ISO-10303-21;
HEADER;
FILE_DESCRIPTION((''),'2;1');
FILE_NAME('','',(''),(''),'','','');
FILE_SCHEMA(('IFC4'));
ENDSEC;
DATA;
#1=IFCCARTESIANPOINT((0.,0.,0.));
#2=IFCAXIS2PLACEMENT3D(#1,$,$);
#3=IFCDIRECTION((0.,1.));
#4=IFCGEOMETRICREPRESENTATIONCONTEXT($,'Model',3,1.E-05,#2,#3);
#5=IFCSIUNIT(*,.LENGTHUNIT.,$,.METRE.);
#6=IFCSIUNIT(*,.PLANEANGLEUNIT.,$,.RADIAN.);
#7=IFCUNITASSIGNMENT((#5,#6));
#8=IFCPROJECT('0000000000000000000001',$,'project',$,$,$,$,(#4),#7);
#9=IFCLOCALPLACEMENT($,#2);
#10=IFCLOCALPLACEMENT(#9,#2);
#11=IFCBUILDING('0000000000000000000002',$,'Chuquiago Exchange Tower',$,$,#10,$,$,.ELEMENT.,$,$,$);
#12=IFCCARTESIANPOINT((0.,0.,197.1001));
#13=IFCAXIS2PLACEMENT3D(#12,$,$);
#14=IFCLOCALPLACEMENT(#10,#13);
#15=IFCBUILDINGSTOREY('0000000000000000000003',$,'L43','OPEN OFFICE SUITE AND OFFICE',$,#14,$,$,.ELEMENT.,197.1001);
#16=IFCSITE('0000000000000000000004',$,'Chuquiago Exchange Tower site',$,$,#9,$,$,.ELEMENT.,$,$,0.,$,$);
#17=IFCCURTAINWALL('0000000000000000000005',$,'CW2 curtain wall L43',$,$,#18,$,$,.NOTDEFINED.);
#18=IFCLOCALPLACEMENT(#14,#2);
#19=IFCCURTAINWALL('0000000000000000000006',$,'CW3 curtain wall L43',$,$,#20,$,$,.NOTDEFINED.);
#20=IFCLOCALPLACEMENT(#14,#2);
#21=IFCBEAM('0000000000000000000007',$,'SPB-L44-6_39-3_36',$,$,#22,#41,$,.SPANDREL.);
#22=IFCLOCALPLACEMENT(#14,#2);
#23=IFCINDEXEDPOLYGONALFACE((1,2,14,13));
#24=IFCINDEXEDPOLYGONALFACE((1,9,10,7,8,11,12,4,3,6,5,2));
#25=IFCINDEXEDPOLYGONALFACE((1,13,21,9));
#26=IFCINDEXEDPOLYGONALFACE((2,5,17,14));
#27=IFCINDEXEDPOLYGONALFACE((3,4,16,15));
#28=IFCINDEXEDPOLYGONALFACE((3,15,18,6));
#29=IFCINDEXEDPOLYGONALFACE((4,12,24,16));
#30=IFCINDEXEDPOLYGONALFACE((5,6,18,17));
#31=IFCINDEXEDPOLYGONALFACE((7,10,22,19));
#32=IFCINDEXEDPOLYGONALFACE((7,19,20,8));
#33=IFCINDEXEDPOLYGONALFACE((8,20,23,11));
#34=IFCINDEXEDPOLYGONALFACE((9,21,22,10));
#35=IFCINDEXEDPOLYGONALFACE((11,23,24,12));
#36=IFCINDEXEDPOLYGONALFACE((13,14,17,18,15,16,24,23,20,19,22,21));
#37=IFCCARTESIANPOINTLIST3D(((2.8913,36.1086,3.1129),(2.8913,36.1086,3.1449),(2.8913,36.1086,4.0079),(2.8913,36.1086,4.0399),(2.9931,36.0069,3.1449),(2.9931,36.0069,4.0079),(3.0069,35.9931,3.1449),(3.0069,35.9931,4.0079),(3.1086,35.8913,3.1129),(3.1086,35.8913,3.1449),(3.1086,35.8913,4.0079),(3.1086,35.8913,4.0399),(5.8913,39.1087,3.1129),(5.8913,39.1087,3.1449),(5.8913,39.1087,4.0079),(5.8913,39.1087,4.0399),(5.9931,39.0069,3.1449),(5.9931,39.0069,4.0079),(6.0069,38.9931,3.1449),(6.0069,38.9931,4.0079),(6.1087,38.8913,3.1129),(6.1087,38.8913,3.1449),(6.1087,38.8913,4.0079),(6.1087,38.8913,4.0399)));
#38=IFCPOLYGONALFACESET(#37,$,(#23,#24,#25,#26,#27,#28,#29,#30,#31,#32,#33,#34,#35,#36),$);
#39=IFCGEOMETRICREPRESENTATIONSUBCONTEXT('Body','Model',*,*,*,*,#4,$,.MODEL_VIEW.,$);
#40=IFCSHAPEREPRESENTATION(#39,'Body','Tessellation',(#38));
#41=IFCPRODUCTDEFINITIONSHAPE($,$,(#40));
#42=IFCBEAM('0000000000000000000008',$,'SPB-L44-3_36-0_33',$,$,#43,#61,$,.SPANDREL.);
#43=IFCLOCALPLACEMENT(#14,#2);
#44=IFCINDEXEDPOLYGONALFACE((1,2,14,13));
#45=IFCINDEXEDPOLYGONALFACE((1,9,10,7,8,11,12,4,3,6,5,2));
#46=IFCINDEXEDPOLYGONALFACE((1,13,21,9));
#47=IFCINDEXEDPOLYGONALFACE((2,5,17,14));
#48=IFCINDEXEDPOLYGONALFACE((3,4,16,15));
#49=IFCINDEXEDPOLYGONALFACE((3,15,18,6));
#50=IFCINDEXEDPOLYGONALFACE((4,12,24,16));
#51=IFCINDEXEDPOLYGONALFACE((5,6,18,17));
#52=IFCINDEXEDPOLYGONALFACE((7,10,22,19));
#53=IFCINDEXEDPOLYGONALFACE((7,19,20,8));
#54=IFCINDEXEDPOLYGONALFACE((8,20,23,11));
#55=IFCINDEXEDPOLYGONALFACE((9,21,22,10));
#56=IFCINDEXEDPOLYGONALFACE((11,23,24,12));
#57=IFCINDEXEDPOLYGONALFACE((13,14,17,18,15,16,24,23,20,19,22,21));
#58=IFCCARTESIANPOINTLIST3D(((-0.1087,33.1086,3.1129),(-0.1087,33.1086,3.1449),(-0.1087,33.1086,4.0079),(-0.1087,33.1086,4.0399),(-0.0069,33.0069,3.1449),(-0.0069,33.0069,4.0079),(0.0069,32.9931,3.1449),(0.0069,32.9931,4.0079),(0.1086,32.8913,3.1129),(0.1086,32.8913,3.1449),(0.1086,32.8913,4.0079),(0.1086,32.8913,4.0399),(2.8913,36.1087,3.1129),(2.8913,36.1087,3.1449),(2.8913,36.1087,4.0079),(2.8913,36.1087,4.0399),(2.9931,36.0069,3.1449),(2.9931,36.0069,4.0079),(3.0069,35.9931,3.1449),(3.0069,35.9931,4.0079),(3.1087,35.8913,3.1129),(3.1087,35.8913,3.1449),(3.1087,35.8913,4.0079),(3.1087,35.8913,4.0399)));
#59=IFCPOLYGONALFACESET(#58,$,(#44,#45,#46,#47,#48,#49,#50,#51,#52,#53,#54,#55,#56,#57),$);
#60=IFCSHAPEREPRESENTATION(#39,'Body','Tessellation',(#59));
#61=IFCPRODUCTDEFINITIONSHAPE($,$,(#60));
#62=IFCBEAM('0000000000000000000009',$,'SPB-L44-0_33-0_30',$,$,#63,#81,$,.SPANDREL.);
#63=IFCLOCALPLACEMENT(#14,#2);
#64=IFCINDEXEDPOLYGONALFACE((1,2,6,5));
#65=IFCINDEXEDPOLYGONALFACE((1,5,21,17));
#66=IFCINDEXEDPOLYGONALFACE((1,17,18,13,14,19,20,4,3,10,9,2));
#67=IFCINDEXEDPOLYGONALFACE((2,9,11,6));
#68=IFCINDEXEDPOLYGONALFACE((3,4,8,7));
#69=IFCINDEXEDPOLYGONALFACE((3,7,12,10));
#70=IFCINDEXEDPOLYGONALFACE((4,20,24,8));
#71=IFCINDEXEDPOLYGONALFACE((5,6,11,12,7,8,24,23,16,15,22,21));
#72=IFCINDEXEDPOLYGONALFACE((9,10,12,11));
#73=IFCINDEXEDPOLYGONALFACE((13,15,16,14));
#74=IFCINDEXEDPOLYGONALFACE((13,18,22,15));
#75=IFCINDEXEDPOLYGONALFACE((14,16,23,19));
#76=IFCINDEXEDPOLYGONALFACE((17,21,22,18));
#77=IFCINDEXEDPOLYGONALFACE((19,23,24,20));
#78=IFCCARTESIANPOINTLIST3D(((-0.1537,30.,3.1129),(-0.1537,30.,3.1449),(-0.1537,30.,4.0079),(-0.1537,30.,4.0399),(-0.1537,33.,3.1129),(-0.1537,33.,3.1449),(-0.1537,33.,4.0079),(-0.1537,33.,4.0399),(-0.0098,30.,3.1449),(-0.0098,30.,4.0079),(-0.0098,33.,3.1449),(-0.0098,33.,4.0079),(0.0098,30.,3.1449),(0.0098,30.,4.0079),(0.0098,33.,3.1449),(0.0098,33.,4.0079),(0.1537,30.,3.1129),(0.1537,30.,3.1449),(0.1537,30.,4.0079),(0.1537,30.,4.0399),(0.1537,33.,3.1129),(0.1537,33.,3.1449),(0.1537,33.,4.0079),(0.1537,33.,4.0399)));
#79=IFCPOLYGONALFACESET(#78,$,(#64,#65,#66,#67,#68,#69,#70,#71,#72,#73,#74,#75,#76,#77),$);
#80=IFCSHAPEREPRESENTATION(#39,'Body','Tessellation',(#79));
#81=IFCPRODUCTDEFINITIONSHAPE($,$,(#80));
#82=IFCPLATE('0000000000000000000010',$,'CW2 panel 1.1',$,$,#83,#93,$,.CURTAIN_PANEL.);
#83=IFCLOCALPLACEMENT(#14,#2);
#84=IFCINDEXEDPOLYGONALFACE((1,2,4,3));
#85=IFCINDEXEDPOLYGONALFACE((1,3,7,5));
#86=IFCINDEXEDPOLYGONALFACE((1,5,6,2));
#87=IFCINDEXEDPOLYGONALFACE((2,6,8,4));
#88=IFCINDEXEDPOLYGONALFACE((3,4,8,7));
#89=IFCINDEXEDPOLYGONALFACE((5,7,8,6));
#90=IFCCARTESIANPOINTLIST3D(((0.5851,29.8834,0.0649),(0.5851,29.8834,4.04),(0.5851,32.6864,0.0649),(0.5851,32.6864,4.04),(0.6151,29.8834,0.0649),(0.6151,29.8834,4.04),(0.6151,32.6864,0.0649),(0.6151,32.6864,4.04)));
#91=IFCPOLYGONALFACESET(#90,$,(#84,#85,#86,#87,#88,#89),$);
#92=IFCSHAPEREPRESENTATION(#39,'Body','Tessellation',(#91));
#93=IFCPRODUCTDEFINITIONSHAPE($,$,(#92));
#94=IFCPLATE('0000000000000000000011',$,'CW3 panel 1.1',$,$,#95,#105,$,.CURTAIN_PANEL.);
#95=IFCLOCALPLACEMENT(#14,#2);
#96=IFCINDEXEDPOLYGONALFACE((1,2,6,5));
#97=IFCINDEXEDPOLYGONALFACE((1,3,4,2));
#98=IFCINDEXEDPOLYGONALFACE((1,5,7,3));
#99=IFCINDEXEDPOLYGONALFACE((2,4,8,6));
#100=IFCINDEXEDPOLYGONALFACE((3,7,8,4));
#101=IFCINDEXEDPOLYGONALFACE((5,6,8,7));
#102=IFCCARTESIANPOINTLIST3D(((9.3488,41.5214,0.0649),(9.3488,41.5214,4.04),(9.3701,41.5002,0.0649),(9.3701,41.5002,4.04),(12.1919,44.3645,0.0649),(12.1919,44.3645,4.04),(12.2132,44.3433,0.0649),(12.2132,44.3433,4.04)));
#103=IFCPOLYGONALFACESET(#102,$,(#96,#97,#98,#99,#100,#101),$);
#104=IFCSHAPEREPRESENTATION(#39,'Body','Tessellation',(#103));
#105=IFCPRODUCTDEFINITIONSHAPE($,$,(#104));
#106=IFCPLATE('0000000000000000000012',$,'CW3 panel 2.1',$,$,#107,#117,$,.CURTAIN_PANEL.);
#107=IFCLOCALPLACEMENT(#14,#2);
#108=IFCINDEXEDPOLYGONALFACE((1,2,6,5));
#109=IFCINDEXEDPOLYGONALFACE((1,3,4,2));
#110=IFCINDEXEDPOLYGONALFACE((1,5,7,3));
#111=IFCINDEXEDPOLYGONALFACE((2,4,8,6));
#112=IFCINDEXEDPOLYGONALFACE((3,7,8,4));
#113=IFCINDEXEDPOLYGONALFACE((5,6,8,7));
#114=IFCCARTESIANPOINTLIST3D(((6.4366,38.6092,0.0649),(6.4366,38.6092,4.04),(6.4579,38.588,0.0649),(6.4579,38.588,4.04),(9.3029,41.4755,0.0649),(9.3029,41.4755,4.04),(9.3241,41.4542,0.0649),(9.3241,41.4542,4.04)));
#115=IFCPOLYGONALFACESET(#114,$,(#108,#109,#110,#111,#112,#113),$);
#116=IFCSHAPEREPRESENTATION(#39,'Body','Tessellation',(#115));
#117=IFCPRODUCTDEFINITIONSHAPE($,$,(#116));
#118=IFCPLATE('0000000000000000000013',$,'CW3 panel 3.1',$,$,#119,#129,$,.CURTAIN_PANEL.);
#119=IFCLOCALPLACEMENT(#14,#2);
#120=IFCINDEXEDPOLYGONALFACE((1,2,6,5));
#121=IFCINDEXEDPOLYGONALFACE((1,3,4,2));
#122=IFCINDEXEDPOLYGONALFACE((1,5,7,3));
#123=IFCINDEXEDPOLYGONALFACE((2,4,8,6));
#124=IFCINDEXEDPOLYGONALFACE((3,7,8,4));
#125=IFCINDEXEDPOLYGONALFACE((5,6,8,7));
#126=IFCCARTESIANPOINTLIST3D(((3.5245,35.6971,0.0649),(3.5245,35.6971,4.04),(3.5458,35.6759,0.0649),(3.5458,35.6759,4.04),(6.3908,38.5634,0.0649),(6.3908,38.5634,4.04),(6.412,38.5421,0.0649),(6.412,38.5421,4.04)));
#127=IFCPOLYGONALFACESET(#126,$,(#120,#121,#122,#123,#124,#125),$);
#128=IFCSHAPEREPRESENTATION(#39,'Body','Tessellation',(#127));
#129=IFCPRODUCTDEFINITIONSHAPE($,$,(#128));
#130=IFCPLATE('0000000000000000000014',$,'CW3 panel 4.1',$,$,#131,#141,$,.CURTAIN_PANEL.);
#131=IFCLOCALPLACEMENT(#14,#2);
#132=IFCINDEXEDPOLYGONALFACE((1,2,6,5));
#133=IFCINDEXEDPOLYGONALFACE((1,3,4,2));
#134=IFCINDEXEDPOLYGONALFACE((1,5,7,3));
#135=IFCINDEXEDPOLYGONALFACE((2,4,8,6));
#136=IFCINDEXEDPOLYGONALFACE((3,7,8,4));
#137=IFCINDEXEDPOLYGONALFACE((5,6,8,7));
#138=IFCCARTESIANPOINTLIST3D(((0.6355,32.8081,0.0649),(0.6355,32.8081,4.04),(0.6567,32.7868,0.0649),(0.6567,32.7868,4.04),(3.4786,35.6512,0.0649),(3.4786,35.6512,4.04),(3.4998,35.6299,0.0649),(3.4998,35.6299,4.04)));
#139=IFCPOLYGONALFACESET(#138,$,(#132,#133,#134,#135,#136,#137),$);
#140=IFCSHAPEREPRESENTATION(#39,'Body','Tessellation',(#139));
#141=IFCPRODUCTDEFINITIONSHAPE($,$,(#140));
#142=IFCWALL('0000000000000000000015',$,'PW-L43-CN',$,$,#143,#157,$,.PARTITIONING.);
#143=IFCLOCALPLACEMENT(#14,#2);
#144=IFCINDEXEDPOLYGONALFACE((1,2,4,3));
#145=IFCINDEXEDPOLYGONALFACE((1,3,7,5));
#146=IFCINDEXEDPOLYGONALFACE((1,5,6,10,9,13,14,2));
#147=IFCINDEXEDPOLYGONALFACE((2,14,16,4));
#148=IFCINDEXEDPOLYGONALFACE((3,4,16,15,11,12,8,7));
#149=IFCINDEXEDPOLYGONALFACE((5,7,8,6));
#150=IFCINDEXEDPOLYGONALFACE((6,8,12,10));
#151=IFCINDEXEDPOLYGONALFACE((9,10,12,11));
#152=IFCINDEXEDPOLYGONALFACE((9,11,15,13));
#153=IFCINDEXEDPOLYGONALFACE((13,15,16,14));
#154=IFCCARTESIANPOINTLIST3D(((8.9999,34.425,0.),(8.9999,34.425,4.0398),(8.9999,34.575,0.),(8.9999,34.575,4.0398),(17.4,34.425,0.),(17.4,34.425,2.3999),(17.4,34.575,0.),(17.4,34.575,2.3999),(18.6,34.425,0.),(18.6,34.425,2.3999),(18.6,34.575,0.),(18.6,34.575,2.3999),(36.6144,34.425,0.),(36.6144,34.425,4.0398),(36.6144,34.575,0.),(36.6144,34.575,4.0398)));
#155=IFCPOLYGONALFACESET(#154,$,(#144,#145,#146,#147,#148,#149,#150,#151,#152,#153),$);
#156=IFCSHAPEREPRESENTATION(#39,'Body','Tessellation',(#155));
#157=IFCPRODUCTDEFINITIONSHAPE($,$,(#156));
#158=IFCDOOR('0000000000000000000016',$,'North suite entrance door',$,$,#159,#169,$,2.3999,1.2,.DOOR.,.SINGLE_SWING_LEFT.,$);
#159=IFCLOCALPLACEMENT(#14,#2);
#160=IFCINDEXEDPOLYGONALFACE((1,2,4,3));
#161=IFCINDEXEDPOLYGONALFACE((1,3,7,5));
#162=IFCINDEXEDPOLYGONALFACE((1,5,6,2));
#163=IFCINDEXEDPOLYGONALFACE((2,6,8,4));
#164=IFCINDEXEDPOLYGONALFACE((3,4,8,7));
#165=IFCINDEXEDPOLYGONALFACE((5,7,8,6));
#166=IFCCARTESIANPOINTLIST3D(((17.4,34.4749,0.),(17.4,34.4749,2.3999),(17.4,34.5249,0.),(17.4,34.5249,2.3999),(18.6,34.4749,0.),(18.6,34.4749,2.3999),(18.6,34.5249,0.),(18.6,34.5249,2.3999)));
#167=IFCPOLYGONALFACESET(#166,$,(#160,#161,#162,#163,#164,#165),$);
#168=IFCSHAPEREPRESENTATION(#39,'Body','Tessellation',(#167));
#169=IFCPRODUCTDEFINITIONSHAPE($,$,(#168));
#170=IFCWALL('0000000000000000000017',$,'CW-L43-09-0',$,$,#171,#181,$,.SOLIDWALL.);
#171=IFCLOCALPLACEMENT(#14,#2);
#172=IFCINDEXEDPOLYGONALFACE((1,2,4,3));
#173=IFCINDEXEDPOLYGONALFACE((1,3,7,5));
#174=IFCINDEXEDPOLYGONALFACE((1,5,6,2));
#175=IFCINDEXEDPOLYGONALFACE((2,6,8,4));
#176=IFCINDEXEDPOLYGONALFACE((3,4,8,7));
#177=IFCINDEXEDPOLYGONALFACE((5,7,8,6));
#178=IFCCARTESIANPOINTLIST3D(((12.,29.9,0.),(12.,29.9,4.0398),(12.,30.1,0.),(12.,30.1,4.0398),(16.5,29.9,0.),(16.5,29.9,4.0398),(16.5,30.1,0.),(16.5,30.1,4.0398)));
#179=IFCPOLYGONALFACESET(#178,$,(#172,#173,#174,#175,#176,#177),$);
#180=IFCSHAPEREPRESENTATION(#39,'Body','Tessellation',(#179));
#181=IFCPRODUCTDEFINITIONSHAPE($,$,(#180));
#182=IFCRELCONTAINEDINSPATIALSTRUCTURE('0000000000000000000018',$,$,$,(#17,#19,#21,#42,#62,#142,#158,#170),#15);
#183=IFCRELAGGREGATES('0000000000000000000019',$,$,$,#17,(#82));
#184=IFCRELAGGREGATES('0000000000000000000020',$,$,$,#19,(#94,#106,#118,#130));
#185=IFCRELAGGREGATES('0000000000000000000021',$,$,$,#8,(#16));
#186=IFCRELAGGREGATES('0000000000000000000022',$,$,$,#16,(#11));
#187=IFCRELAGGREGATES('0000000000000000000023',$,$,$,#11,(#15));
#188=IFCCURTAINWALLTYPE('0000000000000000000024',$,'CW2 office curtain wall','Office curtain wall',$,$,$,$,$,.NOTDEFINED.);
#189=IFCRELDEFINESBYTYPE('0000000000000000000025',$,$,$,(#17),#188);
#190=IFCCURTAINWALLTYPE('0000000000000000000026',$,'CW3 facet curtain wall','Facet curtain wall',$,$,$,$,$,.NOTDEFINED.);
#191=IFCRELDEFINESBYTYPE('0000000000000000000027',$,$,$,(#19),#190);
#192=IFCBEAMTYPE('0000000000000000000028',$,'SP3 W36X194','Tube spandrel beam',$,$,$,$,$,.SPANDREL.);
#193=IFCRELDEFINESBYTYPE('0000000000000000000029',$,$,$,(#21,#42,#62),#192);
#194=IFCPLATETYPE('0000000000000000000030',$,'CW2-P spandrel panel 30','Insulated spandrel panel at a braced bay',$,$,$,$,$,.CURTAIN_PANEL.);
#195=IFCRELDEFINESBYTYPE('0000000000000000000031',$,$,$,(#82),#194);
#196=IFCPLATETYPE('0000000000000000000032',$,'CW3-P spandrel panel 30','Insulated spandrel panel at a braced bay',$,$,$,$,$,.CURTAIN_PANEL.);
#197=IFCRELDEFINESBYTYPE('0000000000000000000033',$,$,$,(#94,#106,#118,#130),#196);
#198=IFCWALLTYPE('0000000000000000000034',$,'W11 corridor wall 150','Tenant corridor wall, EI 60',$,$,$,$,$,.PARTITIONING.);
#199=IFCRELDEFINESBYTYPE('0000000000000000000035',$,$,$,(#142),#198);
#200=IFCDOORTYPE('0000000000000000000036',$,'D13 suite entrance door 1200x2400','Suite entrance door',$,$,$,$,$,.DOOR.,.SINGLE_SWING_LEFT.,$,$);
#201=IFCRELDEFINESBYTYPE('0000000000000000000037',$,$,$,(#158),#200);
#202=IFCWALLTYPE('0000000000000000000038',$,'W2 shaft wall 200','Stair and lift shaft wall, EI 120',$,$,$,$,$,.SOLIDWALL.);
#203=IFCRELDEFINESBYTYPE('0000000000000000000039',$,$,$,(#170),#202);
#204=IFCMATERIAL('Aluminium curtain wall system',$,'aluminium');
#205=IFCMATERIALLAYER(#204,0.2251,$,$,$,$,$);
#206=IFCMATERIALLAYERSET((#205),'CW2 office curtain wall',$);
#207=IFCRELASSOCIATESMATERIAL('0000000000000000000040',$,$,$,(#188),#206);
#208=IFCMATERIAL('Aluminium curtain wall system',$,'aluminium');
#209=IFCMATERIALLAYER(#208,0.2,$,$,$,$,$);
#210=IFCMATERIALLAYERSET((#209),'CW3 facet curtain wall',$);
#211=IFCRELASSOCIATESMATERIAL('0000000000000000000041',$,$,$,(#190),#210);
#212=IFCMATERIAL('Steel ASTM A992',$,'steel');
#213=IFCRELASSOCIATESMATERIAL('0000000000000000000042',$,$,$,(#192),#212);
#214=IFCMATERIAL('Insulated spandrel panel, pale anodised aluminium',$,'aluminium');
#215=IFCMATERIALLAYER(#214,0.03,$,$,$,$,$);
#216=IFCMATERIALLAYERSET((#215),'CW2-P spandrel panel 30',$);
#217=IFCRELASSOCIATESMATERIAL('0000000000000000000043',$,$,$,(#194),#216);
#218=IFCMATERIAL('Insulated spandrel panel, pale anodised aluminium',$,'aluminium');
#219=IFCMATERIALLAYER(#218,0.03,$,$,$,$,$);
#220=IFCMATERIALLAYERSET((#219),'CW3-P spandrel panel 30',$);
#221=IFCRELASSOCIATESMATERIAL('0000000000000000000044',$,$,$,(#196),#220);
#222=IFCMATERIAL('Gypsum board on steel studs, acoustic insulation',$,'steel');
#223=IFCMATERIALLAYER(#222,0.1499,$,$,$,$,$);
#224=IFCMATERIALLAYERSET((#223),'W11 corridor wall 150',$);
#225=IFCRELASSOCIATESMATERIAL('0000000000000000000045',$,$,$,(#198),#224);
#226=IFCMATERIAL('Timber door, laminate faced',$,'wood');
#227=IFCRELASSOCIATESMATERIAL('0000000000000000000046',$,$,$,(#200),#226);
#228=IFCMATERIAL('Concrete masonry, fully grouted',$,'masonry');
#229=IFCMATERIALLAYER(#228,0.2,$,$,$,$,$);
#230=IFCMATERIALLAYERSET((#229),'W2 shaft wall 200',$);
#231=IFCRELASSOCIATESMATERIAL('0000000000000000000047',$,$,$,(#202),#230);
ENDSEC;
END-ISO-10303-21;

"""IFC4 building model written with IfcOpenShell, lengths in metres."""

from ifc_helpers import new_model, si_unit, direction, frame, frame_2d, origin, origin_2d, place, context, subcontext, project, spatial, rectangle, i_section, extrude, material, layer, layer_set, material_profile, profile_set, type_object, element, fill, aggregate, save


model = new_model("IFC4")

# Units and contexts
model_context = context("Model", 3, precision=1e-05, world=origin(), true_north=direction((0.0, 1.0)))
body_context = subcontext(model_context, "Body", "Model", "MODEL_VIEW")
ifc_project = project(units=[si_unit("LENGTHUNIT", "METRE"), si_unit("PLANEANGLEUNIT", "RADIAN")], contexts=[model_context])

# Site, building, storey
site_placement = place(None, origin())
site = spatial("IfcSite", under=ifc_project, at=site_placement, Name="Chuquiago Exchange Tower site", CompositionType="ELEMENT", RefElevation=0.0)
building_placement = place(site_placement, origin())
building = spatial("IfcBuilding", under=site, at=building_placement, Name="Chuquiago Exchange Tower", CompositionType="ELEMENT")
storey_placement = place(building_placement, frame((0.0, 0.0, 197.1001)))
storey = spatial("IfcBuildingStorey", under=building, at=storey_placement, Name="L43", Description="OPEN OFFICE SUITE AND OFFICE", CompositionType="ELEMENT", Elevation=197.1001)

# Curtain walls
ifc_material_1 = material(Name="Aluminium curtain wall system", Category="aluminium")
ifc_layer_1 = layer(ifc_material_1, 0.2251)
ifc_layer_set_1 = layer_set([ifc_layer_1], Name="CW2 office curtain wall")
curtain_wall_type_1 = type_object("IfcCurtainWallType", Name="CW2 office curtain wall", Description="Office curtain wall", PredefinedType="NOTDEFINED", material=ifc_layer_set_1)
curtain_wall_1_placement = place(storey_placement, origin())
curtain_wall_1 = element("IfcCurtainWall", 1, at=curtain_wall_1_placement, inside=storey, type_object=curtain_wall_type_1, Name="CW2 curtain wall L43", PredefinedType="NOTDEFINED")
ifc_material_2 = material(Name="Aluminium curtain wall system", Category="aluminium")
ifc_layer_2 = layer(ifc_material_2, 0.2)
ifc_layer_set_2 = layer_set([ifc_layer_2], Name="CW3 facet curtain wall")
curtain_wall_type_2 = type_object("IfcCurtainWallType", Name="CW3 facet curtain wall", Description="Facet curtain wall", PredefinedType="NOTDEFINED", material=ifc_layer_set_2)
curtain_wall_2_placement = place(storey_placement, origin())
curtain_wall_2 = element("IfcCurtainWall", 2, at=curtain_wall_2_placement, inside=storey, type_object=curtain_wall_type_2, Name="CW3 curtain wall L43", PredefinedType="NOTDEFINED")

# Beams
ifc_material_3 = material(Name="Steel ASTM A992", Category="steel")
ifc_material_profile_1 = material_profile(ifc_material_3, i_section(OverallWidth=0.3074, OverallDepth=0.927, WebThickness=0.0195, FlangeThickness=0.032, at=origin_2d()), Name="W36X194")
ifc_profile_set_1 = profile_set([ifc_material_profile_1], Name="Steel ASTM A992")
beam_type_1 = type_object("IfcBeamType", Name="SP3 W36X194", Description="Tube spandrel beam", PredefinedType="SPANDREL", material=ifc_profile_set_1)
for number, where, z_axis, x_axis, name in (
    (3, (6.0, 39.0, 3.5764), (-0.707107, -0.707107, 0.0), (0.707107, -0.707107, 0.0), "SPB-L44-6_39-3_36"),
    (4, (3.0, 36.0, 3.5764), (-0.707107, -0.707107, 0.0), (0.707107, -0.707107, 0.0), "SPB-L44-3_36-0_33"),
):
    element("IfcBeam", number, at=place(storey_placement, frame(where, z_axis=z_axis, x_axis=x_axis)), inside=storey, type_object=beam_type_1, Name=name, PredefinedType="SPANDREL", context=body_context, shape_type="SweptSolid", body=[
        extrude(i_section(OverallWidth=0.3074, OverallDepth=0.927, WebThickness=0.0195, FlangeThickness=0.032, at=origin_2d()), origin(), (0.0, 0.0, 1.0), 4.2427),
    ])
beam_1_placement = place(storey_placement, frame((0.0, 33.0, 3.5764), z_axis=(0.0, -1.0, 0.0), x_axis=(1.0, 0.0, 0.0)))
element("IfcBeam", 5, at=beam_1_placement, inside=storey, type_object=beam_type_1, Name="SPB-L44-0_33-0_30", PredefinedType="SPANDREL", context=body_context, shape_type="SweptSolid", body=[
    extrude(i_section(OverallWidth=0.3074, OverallDepth=0.927, WebThickness=0.0195, FlangeThickness=0.032, at=origin_2d()), origin(), (0.0, 0.0, 1.0), 3.0),
])

# Plates
ifc_material_4 = material(Name="Insulated spandrel panel, pale anodised aluminium", Category="aluminium")
ifc_layer_3 = layer(ifc_material_4, 0.03)
ifc_layer_set_3 = layer_set([ifc_layer_3], Name="CW2-P spandrel panel 30")
plate_type_1 = type_object("IfcPlateType", Name="CW2-P spandrel panel 30", Description="Insulated spandrel panel at a braced bay", PredefinedType="CURTAIN_PANEL", material=ifc_layer_set_3)
plate_1_placement = place(storey_placement, frame((0.6001, 31.2849, 0.0649), z_axis=(0.0, 0.0, 1.0), x_axis=(0.0, -1.0, 0.0)))
plate_1 = element("IfcPlate", 6, at=plate_1_placement, type_object=plate_type_1, Name="CW2 panel 1.1", PredefinedType="CURTAIN_PANEL", context=body_context, shape_type="SweptSolid", body=[
    extrude(rectangle(XDim=2.803, YDim=0.03, at=origin_2d()), origin(), (0.0, 0.0, 1.0), 3.9751),
])
aggregate(curtain_wall_1, [plate_1])
ifc_material_5 = material(Name="Insulated spandrel panel, pale anodised aluminium", Category="aluminium")
ifc_layer_4 = layer(ifc_material_5, 0.03)
ifc_layer_set_4 = layer_set([ifc_layer_4], Name="CW3-P spandrel panel 30")
plate_type_2 = type_object("IfcPlateType", Name="CW3-P spandrel panel 30", Description="Insulated spandrel panel at a braced bay", PredefinedType="CURTAIN_PANEL", material=ifc_layer_set_4)
plate_2_placement = place(storey_placement, frame((10.781, 42.9324, 0.0649), z_axis=(0.0, 0.0, 1.0), x_axis=(-0.707107, -0.707107, 0.0)))
plate_2 = element("IfcPlate", 7, at=plate_2_placement, type_object=plate_type_2, Name="CW3 panel 1.1", PredefinedType="CURTAIN_PANEL", context=body_context, shape_type="SweptSolid", body=[
    extrude(rectangle(XDim=4.0208, YDim=0.03, at=origin_2d()), origin(), (0.0, 0.0, 1.0), 3.9751),
])
plate_3_placement = place(storey_placement, frame((7.8804, 40.0317, 0.0649), z_axis=(0.0, 0.0, 1.0), x_axis=(-0.707107, -0.707107, 0.0)))
plate_3 = element("IfcPlate", 8, at=plate_3_placement, type_object=plate_type_2, Name="CW3 panel 2.1", PredefinedType="CURTAIN_PANEL", context=body_context, shape_type="SweptSolid", body=[
    extrude(rectangle(XDim=4.0535, YDim=0.03, at=origin_2d()), origin(), (0.0, 0.0, 1.0), 3.9751),
])
plate_4_placement = place(storey_placement, frame((4.9683, 37.1196, 0.0649), z_axis=(0.0, 0.0, 1.0), x_axis=(-0.707107, -0.707107, 0.0)))
plate_4 = element("IfcPlate", 9, at=plate_4_placement, type_object=plate_type_2, Name="CW3 panel 3.1", PredefinedType="CURTAIN_PANEL", context=body_context, shape_type="SweptSolid", body=[
    extrude(rectangle(XDim=4.0535, YDim=0.03, at=origin_2d()), origin(), (0.0, 0.0, 1.0), 3.9751),
])
plate_5_placement = place(storey_placement, frame((2.0676, 34.219, 0.0649), z_axis=(0.0, 0.0, 1.0), x_axis=(-0.707107, -0.707107, 0.0)))
plate_5 = element("IfcPlate", 10, at=plate_5_placement, type_object=plate_type_2, Name="CW3 panel 4.1", PredefinedType="CURTAIN_PANEL", context=body_context, shape_type="SweptSolid", body=[
    extrude(rectangle(XDim=4.0208, YDim=0.03, at=origin_2d()), origin(), (0.0, 0.0, 1.0), 3.9751),
])
aggregate(curtain_wall_2, [plate_2, plate_3, plate_4, plate_5])

# Wall, opening, door
ifc_material_6 = material(Name="Gypsum board on steel studs, acoustic insulation", Category="steel")
ifc_layer_5 = layer(ifc_material_6, 0.1499)
ifc_layer_set_5 = layer_set([ifc_layer_5], Name="W11 corridor wall 150")
wall_type_1 = type_object("IfcWallType", Name="W11 corridor wall 150", Description="Tenant corridor wall, EI 60", PredefinedType="PARTITIONING", material=ifc_layer_set_5)
wall_1_placement = place(storey_placement, frame((9.0, 34.5, 0.0), z_axis=(0.0, 0.0, 1.0), x_axis=(1.0, 0.0, 0.0)))
wall_1 = element("IfcWall", 11, at=wall_1_placement, inside=storey, type_object=wall_type_1, Name="PW-L43-CN", PredefinedType="PARTITIONING", context=body_context, shape_type="SweptSolid", body=[
    extrude(rectangle(XDim=27.6145, YDim=0.1499, at=frame_2d((13.8071, 0.0))), origin(), (0.0, 0.0, 1.0), 4.0398),
])
opening_placement = place(wall_1_placement, frame((8.3999, 0.0, 0.0)))
opening = element("IfcOpeningElement", 12, at=opening_placement, cuts=wall_1, PredefinedType="OPENING", context=body_context, shape_type="SweptSolid", body=[
    extrude(rectangle(XDim=1.2, YDim=2.3999, at=frame_2d((0.6001, 1.2))), frame((0.0, 0.085, 0.0), z_axis=(0.0, -1.0, 0.0), x_axis=(1.0, 0.0, 0.0)), (0.0, 0.0, 1.0), 0.1699),
])
ifc_material_7 = material(Name="Timber door, laminate faced", Category="wood")
door_type = type_object("IfcDoorType", Name="D13 suite entrance door 1200x2400", Description="Suite entrance door", OperationType="SINGLE_SWING_LEFT", PredefinedType="DOOR", material=ifc_material_7)
door_placement = place(opening_placement, origin())
door = element("IfcDoor", 13, at=door_placement, inside=storey, type_object=door_type, Name="North suite entrance door", OperationType="SINGLE_SWING_LEFT", OverallHeight=2.3999, OverallWidth=1.2, PredefinedType="DOOR", context=body_context, shape_type="SweptSolid", body=[
    extrude(rectangle(XDim=1.2, YDim=2.3999, at=frame_2d((0.6001, 1.2))), frame((0.0, 0.0249, 0.0), z_axis=(0.0, -1.0, 0.0), x_axis=(1.0, 0.0, 0.0)), (0.0, 0.0, 1.0), 0.05),
])
fill(opening, door)

# Wall
ifc_material_8 = material(Name="Concrete masonry, fully grouted", Category="masonry")
ifc_layer_6 = layer(ifc_material_8, 0.2)
ifc_layer_set_6 = layer_set([ifc_layer_6], Name="W2 shaft wall 200")
wall_type_2 = type_object("IfcWallType", Name="W2 shaft wall 200", Description="Stair and lift shaft wall, EI 120", PredefinedType="SOLIDWALL", material=ifc_layer_set_6)
wall_2_placement = place(storey_placement, frame((12.0, 30.0, 0.0), z_axis=(0.0, 0.0, 1.0), x_axis=(1.0, 0.0, 0.0)))
element("IfcWall", 14, at=wall_2_placement, inside=storey, type_object=wall_type_2, Name="CW-L43-09-0", PredefinedType="SOLIDWALL", context=body_context, shape_type="SweptSolid", body=[
    extrude(rectangle(XDim=4.5, YDim=0.2, at=frame_2d((2.25, 0.0))), origin(), (0.0, 0.0, 1.0), 4.0398),
])

save(model, "model.ifc")
